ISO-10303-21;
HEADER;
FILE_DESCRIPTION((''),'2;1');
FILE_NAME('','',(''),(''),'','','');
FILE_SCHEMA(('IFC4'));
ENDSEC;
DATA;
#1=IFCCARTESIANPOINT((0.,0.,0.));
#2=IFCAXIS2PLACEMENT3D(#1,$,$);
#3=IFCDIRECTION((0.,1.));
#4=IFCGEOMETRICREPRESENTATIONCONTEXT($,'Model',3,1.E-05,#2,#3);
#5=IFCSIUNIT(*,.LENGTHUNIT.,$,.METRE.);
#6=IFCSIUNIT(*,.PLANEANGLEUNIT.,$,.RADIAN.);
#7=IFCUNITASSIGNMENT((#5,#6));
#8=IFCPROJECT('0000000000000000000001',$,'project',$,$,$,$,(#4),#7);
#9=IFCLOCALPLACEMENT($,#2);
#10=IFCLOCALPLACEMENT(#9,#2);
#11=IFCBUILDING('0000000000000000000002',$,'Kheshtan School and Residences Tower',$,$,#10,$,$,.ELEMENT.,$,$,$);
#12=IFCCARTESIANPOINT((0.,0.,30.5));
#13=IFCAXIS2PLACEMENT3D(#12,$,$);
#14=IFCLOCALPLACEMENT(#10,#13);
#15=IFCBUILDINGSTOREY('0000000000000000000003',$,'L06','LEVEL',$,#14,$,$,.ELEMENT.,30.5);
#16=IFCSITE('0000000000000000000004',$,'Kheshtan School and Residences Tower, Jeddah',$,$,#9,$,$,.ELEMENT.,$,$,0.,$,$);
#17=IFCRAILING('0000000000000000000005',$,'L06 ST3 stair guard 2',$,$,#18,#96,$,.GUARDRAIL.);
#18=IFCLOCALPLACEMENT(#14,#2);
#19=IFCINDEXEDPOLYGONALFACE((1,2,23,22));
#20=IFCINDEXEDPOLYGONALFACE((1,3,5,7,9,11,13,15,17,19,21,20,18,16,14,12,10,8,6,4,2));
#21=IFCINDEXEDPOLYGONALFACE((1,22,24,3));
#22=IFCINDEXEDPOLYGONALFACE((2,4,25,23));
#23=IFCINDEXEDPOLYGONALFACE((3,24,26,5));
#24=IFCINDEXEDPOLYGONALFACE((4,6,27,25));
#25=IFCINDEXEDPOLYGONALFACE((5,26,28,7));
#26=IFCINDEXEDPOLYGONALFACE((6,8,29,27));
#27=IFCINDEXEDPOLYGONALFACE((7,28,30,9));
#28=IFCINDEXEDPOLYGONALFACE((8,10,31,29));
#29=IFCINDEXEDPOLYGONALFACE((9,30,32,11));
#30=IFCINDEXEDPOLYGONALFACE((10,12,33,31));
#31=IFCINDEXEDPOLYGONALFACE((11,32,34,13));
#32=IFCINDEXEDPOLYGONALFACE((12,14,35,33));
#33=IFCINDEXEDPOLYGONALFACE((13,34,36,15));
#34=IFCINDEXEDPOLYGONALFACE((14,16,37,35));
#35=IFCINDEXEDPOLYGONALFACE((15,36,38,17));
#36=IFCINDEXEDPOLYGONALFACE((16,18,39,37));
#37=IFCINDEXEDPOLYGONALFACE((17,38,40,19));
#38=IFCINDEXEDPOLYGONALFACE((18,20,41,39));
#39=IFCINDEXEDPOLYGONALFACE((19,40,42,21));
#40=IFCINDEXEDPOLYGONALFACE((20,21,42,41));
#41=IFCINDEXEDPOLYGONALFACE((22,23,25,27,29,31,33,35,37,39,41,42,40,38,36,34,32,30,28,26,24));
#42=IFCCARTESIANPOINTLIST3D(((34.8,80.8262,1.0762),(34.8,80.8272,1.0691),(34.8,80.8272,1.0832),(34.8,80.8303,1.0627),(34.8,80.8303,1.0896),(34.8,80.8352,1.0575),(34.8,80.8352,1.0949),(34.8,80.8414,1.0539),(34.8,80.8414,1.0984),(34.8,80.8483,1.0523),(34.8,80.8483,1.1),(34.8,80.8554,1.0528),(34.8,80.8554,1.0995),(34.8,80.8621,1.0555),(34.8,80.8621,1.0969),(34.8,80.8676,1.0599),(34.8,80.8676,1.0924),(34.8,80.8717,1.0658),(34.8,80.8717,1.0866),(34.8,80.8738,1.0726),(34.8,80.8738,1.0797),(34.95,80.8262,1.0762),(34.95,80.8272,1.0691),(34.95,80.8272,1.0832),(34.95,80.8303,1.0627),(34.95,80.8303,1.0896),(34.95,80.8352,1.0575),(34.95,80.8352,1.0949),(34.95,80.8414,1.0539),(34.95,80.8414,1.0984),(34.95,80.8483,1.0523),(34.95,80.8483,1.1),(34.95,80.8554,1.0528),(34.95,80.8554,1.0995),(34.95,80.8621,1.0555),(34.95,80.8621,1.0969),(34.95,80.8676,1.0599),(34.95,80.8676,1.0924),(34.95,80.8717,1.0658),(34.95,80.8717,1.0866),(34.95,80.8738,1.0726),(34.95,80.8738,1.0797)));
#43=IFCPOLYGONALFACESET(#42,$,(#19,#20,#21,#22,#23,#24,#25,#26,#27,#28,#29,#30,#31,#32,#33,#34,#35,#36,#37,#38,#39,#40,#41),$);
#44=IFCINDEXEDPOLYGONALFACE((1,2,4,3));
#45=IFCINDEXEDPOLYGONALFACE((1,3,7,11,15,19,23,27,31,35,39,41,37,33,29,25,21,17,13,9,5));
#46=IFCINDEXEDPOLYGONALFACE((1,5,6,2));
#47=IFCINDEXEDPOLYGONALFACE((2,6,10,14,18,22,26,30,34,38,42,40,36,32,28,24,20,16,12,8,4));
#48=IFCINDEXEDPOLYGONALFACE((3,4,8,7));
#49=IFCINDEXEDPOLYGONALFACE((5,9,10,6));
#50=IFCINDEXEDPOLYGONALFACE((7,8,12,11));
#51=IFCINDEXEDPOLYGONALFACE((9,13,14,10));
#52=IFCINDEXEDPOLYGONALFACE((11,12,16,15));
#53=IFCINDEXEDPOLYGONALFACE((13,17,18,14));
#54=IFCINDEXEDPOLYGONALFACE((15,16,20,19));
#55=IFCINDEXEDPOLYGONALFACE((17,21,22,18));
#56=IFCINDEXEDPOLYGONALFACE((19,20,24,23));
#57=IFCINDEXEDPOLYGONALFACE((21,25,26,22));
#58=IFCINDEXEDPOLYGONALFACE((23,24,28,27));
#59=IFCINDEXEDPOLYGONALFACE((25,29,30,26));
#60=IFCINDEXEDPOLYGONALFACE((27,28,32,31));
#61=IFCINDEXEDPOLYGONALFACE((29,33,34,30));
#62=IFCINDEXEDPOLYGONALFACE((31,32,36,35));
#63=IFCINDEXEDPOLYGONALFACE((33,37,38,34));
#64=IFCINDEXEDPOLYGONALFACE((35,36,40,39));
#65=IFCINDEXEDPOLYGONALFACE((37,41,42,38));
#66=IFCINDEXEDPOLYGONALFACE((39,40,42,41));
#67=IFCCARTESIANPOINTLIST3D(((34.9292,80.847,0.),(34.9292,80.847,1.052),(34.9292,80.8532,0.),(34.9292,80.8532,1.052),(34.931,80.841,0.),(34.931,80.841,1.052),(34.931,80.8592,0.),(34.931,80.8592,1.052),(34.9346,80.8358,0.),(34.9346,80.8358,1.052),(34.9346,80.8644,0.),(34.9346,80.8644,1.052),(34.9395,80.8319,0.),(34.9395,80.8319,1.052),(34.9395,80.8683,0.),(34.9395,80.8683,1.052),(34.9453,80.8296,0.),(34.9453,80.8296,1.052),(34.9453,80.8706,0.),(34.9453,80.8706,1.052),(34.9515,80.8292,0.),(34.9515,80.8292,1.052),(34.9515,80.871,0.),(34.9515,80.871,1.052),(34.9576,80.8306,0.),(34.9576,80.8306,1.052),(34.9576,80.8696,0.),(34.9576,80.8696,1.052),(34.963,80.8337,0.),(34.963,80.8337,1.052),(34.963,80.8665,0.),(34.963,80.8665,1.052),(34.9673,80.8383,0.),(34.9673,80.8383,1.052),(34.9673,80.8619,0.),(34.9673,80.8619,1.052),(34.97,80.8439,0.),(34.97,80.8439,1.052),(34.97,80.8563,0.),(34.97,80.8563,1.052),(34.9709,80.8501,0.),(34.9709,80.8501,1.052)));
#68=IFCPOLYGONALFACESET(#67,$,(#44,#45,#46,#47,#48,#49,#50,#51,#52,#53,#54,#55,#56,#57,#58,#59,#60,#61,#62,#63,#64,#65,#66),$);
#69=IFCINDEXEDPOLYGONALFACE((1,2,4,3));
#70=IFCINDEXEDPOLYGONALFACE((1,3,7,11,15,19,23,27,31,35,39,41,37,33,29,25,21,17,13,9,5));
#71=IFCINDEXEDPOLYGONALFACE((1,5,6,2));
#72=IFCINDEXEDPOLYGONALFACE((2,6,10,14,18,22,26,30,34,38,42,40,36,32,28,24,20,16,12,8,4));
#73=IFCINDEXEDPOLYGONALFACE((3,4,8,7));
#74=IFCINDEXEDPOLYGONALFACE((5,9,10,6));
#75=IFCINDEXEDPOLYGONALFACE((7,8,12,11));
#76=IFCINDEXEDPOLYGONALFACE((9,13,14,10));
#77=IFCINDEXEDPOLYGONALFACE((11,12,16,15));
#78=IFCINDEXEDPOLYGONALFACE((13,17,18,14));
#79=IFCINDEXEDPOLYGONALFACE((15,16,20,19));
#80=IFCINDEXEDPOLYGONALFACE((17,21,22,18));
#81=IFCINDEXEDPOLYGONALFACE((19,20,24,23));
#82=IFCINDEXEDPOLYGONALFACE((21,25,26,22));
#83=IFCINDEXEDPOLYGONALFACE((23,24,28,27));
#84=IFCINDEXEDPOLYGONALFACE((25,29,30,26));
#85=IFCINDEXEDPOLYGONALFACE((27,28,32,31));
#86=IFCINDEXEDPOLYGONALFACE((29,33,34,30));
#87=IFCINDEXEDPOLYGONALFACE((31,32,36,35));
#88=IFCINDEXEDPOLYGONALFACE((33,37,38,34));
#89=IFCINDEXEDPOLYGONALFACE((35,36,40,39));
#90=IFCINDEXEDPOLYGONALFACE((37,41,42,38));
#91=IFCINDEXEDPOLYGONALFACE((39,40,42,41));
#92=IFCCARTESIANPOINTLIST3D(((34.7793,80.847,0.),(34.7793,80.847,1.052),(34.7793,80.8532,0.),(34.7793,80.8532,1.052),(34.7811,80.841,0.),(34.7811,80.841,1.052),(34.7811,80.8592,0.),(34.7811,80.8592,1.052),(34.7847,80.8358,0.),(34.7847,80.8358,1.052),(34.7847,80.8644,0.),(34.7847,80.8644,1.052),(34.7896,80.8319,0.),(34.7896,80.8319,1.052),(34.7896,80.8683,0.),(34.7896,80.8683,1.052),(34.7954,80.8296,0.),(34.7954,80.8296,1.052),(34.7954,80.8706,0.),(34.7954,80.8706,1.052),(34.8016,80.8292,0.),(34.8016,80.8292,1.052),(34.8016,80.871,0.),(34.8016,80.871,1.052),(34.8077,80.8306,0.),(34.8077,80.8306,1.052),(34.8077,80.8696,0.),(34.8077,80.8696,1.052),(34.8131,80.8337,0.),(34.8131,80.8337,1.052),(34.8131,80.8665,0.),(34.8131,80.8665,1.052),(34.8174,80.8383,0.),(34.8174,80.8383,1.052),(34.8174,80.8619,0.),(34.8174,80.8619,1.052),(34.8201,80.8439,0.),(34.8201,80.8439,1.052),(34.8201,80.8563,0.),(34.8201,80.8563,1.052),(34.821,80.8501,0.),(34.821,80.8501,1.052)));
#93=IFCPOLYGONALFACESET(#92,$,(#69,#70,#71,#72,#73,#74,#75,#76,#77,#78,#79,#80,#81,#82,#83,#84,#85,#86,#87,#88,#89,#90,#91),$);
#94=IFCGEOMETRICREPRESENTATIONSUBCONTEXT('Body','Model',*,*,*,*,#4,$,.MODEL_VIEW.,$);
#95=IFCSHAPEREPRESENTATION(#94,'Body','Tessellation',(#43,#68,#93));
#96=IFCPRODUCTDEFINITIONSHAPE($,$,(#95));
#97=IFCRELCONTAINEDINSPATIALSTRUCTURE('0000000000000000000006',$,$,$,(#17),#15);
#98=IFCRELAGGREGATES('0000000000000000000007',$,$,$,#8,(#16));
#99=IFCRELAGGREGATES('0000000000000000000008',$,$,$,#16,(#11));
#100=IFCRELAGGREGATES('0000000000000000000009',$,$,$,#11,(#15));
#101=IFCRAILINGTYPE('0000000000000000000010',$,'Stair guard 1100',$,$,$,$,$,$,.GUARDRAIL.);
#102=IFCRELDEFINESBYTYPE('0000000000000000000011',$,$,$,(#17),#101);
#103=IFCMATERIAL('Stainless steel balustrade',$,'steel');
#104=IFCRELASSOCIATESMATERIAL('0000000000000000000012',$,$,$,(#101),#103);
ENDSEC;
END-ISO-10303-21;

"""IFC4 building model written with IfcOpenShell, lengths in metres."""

from ifc_helpers import new_model, si_unit, direction, frame, origin, origin_2d, place, context, subcontext, project, spatial, circle, extrude, material, type_object, element, save


model = new_model("IFC4")

# Units and contexts
model_context = context("Model", 3, precision=1e-05, world=origin(), true_north=direction((0.0, 1.0)))
body_context = subcontext(model_context, "Body", "Model", "MODEL_VIEW")
ifc_project = project(units=[si_unit("LENGTHUNIT", "METRE"), si_unit("PLANEANGLEUNIT", "RADIAN")], contexts=[model_context])

# Site, building, storey
site_placement = place(None, origin())
site = spatial("IfcSite", under=ifc_project, at=site_placement, Name="Kheshtan School and Residences Tower, Jeddah", CompositionType="ELEMENT", RefElevation=0.0)
building_placement = place(site_placement, origin())
building = spatial("IfcBuilding", under=site, at=building_placement, Name="Kheshtan School and Residences Tower", CompositionType="ELEMENT")
storey_placement = place(building_placement, frame((0.0, 0.0, 30.5)))
storey = spatial("IfcBuildingStorey", under=building, at=storey_placement, Name="L06", Description="LEVEL", CompositionType="ELEMENT", Elevation=30.5)

# Railing
ifc_material_1 = material(Name="Stainless steel balustrade", Category="steel")
railing_type_1 = type_object("IfcRailingType", Name="Stair guard 1100", PredefinedType="GUARDRAIL", material=ifc_material_1)
railing_1_placement = place(storey_placement, frame((34.95, 80.8501, 0.0)))
element("IfcRailing", 1, at=railing_1_placement, inside=storey, type_object=railing_type_1, Name="L06 ST3 stair guard 2", PredefinedType="GUARDRAIL", context=body_context, shape_type="SweptSolid", body=[
    extrude(circle(Radius=0.0239, at=origin_2d()), frame((0.0, 0.0, 1.0762), z_axis=(-1.0, 0.0, 0.0), x_axis=(0.0, -1.0, 0.0)), (0.0, 0.0, 1.0), 0.1499),
    extrude(circle(Radius=0.021, at=origin_2d()), origin(), (0.0, 0.0, 1.0), 1.052),
    extrude(circle(Radius=0.021, at=origin_2d()), frame((-0.1499, 0.0, 0.0)), (0.0, 0.0, 1.0), 1.052),
])

save(model, "model.ifc")
